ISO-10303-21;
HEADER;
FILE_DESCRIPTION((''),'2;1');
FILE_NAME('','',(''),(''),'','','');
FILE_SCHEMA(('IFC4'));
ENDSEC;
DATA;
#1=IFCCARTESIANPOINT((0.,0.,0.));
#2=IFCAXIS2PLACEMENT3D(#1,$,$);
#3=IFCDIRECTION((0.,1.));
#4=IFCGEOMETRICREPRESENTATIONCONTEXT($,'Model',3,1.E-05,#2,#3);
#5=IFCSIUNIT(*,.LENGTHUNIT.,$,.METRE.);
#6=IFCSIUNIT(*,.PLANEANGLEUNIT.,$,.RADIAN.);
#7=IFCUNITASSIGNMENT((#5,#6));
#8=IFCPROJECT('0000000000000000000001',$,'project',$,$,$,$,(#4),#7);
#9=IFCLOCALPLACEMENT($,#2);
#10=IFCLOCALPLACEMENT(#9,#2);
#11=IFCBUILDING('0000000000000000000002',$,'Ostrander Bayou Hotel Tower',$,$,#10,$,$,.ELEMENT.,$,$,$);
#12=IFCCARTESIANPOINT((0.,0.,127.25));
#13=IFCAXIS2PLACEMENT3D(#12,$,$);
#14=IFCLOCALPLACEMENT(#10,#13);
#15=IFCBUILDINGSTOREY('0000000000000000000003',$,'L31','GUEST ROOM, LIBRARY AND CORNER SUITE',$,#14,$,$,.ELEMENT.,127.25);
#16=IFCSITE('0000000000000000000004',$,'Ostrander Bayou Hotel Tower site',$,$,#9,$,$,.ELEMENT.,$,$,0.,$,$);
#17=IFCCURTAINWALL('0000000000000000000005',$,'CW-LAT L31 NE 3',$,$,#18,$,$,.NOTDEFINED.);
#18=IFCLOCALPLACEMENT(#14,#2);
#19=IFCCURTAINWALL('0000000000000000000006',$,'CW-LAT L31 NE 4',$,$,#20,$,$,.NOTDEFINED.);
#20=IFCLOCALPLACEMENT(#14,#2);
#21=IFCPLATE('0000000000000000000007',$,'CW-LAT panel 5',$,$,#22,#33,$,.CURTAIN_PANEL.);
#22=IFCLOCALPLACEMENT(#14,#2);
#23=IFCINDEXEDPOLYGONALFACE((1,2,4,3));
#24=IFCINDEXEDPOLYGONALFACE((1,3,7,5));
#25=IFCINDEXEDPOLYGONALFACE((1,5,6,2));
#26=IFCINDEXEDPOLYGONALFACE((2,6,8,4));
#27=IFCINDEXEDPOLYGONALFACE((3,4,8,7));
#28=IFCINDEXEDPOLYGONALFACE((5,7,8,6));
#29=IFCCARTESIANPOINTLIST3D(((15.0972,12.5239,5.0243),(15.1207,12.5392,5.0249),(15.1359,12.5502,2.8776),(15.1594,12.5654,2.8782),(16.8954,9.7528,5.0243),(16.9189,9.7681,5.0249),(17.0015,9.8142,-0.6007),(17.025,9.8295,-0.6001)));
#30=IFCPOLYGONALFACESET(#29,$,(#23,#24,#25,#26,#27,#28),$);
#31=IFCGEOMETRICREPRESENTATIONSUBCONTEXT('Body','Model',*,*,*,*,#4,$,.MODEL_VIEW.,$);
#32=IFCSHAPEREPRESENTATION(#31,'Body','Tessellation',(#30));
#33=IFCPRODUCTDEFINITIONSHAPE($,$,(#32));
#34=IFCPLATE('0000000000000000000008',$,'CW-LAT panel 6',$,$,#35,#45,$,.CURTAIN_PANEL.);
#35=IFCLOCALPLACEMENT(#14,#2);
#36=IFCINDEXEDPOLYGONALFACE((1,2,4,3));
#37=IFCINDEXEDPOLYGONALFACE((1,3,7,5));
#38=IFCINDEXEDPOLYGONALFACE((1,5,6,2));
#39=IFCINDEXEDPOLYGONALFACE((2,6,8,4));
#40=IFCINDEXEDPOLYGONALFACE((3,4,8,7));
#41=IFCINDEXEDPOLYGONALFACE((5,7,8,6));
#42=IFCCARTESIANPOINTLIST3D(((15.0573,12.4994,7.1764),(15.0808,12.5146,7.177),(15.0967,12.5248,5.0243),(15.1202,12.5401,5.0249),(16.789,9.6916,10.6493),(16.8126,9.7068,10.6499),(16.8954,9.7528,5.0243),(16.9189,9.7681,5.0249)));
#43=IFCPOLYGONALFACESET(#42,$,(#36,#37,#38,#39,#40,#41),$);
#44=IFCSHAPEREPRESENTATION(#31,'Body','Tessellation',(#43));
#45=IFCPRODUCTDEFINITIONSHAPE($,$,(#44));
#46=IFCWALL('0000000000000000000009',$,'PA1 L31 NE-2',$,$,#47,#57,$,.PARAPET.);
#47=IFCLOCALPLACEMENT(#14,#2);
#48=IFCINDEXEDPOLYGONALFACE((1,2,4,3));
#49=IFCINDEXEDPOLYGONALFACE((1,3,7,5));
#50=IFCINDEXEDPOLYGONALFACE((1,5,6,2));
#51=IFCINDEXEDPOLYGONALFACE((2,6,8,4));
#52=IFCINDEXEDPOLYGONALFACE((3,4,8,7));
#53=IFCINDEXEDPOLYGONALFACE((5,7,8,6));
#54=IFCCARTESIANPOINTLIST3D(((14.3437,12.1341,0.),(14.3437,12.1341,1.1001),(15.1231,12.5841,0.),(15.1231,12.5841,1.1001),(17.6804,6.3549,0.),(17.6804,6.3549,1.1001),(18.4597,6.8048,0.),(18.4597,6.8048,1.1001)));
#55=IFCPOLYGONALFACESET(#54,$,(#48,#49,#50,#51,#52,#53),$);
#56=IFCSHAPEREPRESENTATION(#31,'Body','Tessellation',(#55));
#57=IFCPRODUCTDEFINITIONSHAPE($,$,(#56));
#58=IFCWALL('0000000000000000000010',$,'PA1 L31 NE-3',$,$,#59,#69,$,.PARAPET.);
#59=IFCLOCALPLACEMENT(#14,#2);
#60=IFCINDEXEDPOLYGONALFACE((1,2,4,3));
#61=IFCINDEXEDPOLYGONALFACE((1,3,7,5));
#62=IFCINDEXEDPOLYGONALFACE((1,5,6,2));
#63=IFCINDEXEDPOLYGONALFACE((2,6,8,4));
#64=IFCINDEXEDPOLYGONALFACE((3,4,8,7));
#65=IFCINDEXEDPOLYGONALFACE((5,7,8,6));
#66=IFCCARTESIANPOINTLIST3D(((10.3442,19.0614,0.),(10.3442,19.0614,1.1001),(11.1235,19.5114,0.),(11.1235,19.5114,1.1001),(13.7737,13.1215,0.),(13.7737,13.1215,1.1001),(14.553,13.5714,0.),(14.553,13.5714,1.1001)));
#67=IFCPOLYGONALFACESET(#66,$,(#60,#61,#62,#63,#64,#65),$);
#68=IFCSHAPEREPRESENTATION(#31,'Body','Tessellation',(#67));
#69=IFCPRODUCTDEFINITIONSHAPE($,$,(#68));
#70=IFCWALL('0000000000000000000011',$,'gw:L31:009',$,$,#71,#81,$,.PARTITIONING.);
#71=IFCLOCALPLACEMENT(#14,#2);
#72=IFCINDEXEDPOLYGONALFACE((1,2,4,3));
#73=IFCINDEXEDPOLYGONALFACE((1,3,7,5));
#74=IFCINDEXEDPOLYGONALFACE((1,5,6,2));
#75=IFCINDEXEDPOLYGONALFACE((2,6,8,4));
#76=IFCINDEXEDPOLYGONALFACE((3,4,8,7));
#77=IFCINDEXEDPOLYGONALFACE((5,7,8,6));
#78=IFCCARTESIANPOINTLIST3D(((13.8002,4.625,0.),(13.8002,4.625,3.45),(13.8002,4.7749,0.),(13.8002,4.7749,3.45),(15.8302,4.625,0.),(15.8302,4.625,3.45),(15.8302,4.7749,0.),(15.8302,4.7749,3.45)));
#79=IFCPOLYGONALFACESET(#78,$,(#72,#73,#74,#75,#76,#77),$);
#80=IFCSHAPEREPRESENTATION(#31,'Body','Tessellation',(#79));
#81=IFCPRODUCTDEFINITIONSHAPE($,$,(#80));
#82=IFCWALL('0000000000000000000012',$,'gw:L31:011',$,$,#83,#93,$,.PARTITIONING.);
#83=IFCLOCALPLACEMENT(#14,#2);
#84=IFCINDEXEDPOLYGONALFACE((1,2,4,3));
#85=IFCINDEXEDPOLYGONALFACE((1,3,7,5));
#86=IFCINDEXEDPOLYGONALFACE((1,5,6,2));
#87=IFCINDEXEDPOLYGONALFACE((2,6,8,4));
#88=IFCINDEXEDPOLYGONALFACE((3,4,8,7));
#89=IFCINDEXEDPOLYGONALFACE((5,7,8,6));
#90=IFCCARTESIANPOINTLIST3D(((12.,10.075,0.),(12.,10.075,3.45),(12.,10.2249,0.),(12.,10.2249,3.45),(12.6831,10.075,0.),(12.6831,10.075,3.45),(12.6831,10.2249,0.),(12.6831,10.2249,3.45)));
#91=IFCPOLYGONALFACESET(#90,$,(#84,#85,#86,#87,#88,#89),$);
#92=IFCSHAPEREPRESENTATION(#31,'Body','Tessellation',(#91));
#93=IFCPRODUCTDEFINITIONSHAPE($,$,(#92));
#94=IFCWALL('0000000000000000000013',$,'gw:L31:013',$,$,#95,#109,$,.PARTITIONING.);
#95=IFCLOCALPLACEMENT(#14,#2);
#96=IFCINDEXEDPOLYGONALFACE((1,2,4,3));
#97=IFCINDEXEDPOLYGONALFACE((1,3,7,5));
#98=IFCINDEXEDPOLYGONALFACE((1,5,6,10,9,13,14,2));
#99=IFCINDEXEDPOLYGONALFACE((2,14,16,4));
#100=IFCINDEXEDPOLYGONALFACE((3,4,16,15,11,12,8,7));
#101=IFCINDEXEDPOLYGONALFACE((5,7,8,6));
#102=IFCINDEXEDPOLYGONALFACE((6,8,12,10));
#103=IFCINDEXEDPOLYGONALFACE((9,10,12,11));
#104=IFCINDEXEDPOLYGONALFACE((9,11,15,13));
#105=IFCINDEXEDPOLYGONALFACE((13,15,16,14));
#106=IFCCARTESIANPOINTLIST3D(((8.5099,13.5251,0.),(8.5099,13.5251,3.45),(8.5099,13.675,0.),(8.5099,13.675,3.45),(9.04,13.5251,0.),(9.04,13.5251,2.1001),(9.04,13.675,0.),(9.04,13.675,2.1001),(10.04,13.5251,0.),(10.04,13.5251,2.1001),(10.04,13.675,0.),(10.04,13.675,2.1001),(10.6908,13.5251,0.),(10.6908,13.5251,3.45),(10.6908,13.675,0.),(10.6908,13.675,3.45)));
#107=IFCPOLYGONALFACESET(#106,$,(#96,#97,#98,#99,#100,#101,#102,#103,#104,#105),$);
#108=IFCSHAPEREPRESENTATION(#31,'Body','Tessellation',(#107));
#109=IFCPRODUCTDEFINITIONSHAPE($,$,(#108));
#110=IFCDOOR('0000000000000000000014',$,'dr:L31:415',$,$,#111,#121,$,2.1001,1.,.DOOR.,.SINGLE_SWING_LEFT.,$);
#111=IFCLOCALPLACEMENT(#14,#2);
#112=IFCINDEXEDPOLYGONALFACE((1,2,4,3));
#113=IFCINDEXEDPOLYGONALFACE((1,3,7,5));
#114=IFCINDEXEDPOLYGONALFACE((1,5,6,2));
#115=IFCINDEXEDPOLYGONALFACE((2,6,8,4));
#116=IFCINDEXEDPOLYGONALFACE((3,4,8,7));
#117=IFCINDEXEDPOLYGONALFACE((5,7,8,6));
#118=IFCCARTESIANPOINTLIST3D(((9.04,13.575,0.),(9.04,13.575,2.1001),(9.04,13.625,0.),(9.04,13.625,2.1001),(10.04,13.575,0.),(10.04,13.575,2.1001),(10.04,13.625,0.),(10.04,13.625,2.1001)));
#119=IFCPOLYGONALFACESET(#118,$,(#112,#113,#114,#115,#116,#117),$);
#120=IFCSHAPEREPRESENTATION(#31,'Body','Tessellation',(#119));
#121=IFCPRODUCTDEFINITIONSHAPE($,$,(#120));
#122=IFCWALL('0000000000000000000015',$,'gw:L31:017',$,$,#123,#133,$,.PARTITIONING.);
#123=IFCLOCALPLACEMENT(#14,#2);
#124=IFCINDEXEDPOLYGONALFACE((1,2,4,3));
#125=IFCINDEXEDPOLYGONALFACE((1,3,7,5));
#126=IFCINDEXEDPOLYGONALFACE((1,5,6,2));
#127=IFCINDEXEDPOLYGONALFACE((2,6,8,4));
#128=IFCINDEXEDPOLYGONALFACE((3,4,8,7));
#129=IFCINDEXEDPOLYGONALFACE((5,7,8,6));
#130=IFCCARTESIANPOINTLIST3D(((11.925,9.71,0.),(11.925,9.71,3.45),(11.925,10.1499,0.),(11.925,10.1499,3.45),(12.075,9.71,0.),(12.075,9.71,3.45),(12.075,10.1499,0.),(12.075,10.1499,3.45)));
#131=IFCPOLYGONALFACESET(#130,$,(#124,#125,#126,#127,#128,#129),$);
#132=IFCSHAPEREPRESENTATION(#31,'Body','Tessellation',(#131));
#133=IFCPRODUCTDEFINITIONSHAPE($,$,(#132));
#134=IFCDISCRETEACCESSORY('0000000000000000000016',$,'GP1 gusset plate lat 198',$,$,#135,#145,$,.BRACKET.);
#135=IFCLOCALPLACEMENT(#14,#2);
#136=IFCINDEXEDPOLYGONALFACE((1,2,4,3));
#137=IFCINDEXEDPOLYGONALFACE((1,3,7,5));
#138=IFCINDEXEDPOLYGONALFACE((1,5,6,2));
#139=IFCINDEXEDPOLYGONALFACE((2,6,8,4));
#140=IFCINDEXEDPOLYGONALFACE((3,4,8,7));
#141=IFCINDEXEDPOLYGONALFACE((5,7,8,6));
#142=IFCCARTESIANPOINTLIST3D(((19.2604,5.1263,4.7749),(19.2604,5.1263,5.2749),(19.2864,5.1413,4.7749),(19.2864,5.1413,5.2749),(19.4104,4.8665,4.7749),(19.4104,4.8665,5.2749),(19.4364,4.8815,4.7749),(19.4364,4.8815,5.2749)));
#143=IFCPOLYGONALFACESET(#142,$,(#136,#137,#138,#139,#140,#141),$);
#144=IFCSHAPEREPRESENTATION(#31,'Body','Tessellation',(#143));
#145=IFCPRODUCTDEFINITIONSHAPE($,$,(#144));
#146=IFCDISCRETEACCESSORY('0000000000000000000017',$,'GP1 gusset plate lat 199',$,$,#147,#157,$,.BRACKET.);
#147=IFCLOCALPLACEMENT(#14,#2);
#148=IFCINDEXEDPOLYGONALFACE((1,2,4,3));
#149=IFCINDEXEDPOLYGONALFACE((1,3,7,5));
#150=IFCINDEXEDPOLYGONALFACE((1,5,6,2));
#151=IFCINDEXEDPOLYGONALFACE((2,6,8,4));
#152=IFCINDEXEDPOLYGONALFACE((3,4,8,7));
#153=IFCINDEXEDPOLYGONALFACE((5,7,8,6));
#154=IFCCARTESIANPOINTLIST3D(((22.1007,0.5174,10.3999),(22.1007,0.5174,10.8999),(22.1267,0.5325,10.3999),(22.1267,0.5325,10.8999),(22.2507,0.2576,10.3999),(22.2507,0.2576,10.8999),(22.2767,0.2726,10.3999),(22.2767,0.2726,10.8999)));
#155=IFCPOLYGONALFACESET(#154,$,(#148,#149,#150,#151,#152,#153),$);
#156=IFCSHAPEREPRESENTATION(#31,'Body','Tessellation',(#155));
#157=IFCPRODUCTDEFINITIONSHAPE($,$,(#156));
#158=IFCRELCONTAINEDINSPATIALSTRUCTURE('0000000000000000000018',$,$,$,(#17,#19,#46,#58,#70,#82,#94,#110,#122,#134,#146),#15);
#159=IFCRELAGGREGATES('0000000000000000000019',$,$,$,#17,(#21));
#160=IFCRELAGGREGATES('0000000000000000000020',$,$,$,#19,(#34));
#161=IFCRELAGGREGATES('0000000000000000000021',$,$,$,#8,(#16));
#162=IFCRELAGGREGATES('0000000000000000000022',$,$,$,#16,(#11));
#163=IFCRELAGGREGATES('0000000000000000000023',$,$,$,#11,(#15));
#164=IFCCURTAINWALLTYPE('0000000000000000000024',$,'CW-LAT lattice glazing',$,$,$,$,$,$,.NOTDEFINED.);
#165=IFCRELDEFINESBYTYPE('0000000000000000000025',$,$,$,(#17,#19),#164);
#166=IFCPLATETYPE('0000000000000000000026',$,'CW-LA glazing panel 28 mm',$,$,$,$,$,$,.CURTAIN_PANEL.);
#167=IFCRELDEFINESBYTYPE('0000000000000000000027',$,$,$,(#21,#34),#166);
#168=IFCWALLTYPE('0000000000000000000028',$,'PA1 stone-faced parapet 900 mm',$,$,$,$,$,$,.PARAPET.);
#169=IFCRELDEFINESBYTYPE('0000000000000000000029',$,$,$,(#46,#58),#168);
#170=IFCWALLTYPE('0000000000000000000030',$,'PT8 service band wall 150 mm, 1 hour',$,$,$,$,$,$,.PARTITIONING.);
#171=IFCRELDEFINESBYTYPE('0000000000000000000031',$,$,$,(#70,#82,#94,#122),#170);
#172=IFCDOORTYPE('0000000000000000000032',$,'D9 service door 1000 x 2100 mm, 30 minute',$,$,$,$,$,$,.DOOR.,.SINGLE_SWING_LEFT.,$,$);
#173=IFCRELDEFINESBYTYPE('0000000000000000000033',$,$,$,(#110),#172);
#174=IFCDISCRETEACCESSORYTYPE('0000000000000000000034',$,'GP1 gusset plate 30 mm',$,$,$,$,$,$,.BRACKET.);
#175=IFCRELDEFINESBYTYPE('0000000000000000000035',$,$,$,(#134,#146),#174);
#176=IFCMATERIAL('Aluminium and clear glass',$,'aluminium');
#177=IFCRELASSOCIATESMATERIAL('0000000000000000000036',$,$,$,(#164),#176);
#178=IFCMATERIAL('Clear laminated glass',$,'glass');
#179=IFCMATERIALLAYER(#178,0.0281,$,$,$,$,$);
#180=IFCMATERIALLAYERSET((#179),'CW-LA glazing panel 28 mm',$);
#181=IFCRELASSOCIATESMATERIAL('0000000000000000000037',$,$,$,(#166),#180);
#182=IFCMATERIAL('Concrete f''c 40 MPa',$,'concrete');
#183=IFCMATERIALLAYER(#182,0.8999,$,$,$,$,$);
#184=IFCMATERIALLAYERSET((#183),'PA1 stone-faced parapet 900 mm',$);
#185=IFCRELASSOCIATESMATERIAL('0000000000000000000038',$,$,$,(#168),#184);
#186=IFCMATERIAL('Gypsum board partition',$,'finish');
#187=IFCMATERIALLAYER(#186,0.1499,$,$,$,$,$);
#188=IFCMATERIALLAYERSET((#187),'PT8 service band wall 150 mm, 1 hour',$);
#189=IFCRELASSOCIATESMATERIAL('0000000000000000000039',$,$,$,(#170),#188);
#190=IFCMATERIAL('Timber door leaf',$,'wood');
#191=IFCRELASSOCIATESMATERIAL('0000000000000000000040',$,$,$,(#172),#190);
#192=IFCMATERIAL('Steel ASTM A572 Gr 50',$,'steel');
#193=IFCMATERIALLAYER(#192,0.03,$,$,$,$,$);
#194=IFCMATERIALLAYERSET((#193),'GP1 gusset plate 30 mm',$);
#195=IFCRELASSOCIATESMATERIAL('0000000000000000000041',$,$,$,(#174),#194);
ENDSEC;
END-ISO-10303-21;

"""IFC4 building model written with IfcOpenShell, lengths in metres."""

from ifc_helpers import new_model, si_unit, direction, frame, frame_2d, origin, origin_2d, place, context, subcontext, project, spatial, polyline, rectangle, outline, extrude, material, layer, layer_set, type_object, element, fill, aggregate, save


model = new_model("IFC4")

# Units and contexts
model_context = context("Model", 3, precision=1e-05, world=origin(), true_north=direction((0.0, 1.0)))
body_context = subcontext(model_context, "Body", "Model", "MODEL_VIEW")
ifc_project = project(units=[si_unit("LENGTHUNIT", "METRE"), si_unit("PLANEANGLEUNIT", "RADIAN")], contexts=[model_context])

# Site, building, storey
site_placement = place(None, origin())
site = spatial("IfcSite", under=ifc_project, at=site_placement, Name="Ostrander Bayou Hotel Tower site", CompositionType="ELEMENT", RefElevation=0.0)
building_placement = place(site_placement, origin())
building = spatial("IfcBuilding", under=site, at=building_placement, Name="Ostrander Bayou Hotel Tower", CompositionType="ELEMENT")
storey_placement = place(building_placement, frame((0.0, 0.0, 127.25)))
storey = spatial("IfcBuildingStorey", under=building, at=storey_placement, Name="L31", Description="GUEST ROOM, LIBRARY AND CORNER SUITE", CompositionType="ELEMENT", Elevation=127.25)

# Shared definitions
ifc_material_1 = material(Name="Aluminium and clear glass", Category="aluminium")
curtain_wall_type = type_object("IfcCurtainWallType", Name="CW-LAT lattice glazing", PredefinedType="NOTDEFINED", material=ifc_material_1)

# Curtain walls
curtain_wall_1_placement = place(storey_placement, origin())
curtain_wall_1 = element("IfcCurtainWall", 1, at=curtain_wall_1_placement, inside=storey, type_object=curtain_wall_type, Name="CW-LAT L31 NE 3", PredefinedType="NOTDEFINED")
ifc_material_2 = material(Name="Clear laminated glass", Category="glass")
ifc_layer_1 = layer(ifc_material_2, 0.0281)
ifc_layer_set_1 = layer_set([ifc_layer_1], Name="CW-LA glazing panel 28 mm")
plate_type = type_object("IfcPlateType", Name="CW-LA glazing panel 28 mm", PredefinedType="CURTAIN_PANEL", material=ifc_layer_set_1)
curtain_wall_2_placement = place(storey_placement, origin())
curtain_wall_2 = element("IfcCurtainWall", 2, at=curtain_wall_2_placement, inside=storey, type_object=curtain_wall_type, Name="CW-LAT L31 NE 4", PredefinedType="NOTDEFINED")

# Plates
plate_1_placement = place(storey_placement, frame((15.1594, 12.5654, 2.8782), z_axis=(0.838665, 0.544213, 0.02176), x_axis=(0.388463, -0.569685, -0.724262)))
plate_1 = element("IfcPlate", 3, at=plate_1_placement, type_object=plate_type, Name="CW-LAT panel 5", PredefinedType="CURTAIN_PANEL", context=body_context, shape_type="SweptSolid", body=[
    extrude(outline(polyline([(0.0, 0.0), (4.8025, 0.0), (0.7223, -3.874), (-1.5549, -1.4808), (0.0, 0.0)])), origin(), (0.0, 0.0, -1.0), 0.0281),
])
aggregate(curtain_wall_1, [plate_1])
plate_2_placement = place(storey_placement, frame((15.0808, 12.5146, 7.177), z_axis=(0.838668, 0.544206, 0.021782), x_axis=(0.36154, -0.586184, 0.725035)))
plate_2 = element("IfcPlate", 4, at=plate_2_placement, type_object=plate_type, Name="CW-LAT panel 6", PredefinedType="CURTAIN_PANEL", context=body_context, shape_type="SweptSolid", body=[
    extrude(outline(polyline([(0.0, 0.0), (4.79, 0.0), (0.7142, 3.8786), (-1.561, 1.4822), (0.0, 0.0)])), origin(), (0.0, 0.0, -1.0), 0.0281),
])
aggregate(curtain_wall_2, [plate_2])

# Walls
ifc_material_3 = material(Name="Concrete f'c 40 MPa", Category="concrete")
ifc_layer_2 = layer(ifc_material_3, 0.8999)
ifc_layer_set_2 = layer_set([ifc_layer_2], Name="PA1 stone-faced parapet 900 mm")
wall_type_1 = type_object("IfcWallType", Name="PA1 stone-faced parapet 900 mm", PredefinedType="PARAPET", material=ifc_layer_set_2)
wall_1_placement = place(storey_placement, frame((18.0701, 6.5798, 0.0), z_axis=(0.0, 0.0, 1.0), x_axis=(-0.499999, 0.866026, 0.0)))
element("IfcWall", 5, at=wall_1_placement, inside=storey, type_object=wall_type_1, Name="PA1 L31 NE-2", PredefinedType="PARAPET", context=body_context, shape_type="SweptSolid", body=[
    extrude(rectangle(XDim=6.6733, YDim=0.8999, at=frame_2d((3.3367, 0.0))), origin(), (0.0, 0.0, 1.0), 1.1001),
])
wall_2_placement = place(storey_placement, frame((14.1633, 13.3464, 0.0), z_axis=(0.0, 0.0, 1.0), x_axis=(-0.500002, 0.866024, 0.0)))
element("IfcWall", 6, at=wall_2_placement, inside=storey, type_object=wall_type_1, Name="PA1 L31 NE-3", PredefinedType="PARAPET", context=body_context, shape_type="SweptSolid", body=[
    extrude(rectangle(XDim=6.8589, YDim=0.8999, at=frame_2d((3.4294, 0.0))), origin(), (0.0, 0.0, 1.0), 1.1001),
])

# Walls
ifc_material_4 = material(Name="Gypsum board partition", Category="finish")
ifc_layer_3 = layer(ifc_material_4, 0.1499)
ifc_layer_set_3 = layer_set([ifc_layer_3], Name="PT8 service band wall 150 mm, 1 hour")
wall_type_2 = type_object("IfcWallType", Name="PT8 service band wall 150 mm, 1 hour", PredefinedType="PARTITIONING", material=ifc_layer_set_3)
wall_3_placement = place(storey_placement, frame((13.8, 4.7, 0.0), z_axis=(0.0, 0.0, 1.0), x_axis=(1.0, 0.0, 0.0)))
element("IfcWall", 7, at=wall_3_placement, inside=storey, type_object=wall_type_2, Name="gw:L31:009", PredefinedType="PARTITIONING", context=body_context, shape_type="SweptSolid", body=[
    extrude(rectangle(XDim=2.03, YDim=0.1499, at=frame_2d((1.0151, 0.0))), origin(), (0.0, 0.0, 1.0), 3.45),
])
wall_4_placement = place(storey_placement, frame((12.0, 10.1499, 0.0), z_axis=(0.0, 0.0, 1.0), x_axis=(1.0, 0.0, 0.0)))
element("IfcWall", 8, at=wall_4_placement, inside=storey, type_object=wall_type_2, Name="gw:L31:011", PredefinedType="PARTITIONING", context=body_context, shape_type="SweptSolid", body=[
    extrude(rectangle(XDim=0.6831, YDim=0.1499, at=frame_2d((0.3416, 0.0))), origin(), (0.0, 0.0, 1.0), 3.45),
])

# Wall, opening, door
wall_5_placement = place(storey_placement, frame((8.51, 13.6001, 0.0), z_axis=(0.0, 0.0, 1.0), x_axis=(1.0, 0.0, 0.0)))
wall_5 = element("IfcWall", 9, at=wall_5_placement, inside=storey, type_object=wall_type_2, Name="gw:L31:013", PredefinedType="PARTITIONING", context=body_context, shape_type="SweptSolid", body=[
    extrude(rectangle(XDim=2.1809, YDim=0.1499, at=frame_2d((1.0903, 0.0))), origin(), (0.0, 0.0, 1.0), 3.45),
])
opening_1_placement = place(wall_5_placement, frame((0.53, 0.0, 0.0)))
opening_1 = element("IfcOpeningElement", 10, at=opening_1_placement, cuts=wall_5, PredefinedType="OPENING", context=body_context, shape_type="SweptSolid", body=[
    extrude(rectangle(XDim=1.0, YDim=2.1001, at=frame_2d((0.5, 1.05))), frame((0.0, 0.075, 0.0), z_axis=(0.0, -1.0, 0.0), x_axis=(1.0, 0.0, 0.0)), (0.0, 0.0, 1.0), 0.1499),
])
ifc_material_5 = material(Name="Timber door leaf", Category="wood")
door_type_1 = type_object("IfcDoorType", Name="D9 service door 1000 x 2100 mm, 30 minute", OperationType="SINGLE_SWING_LEFT", PredefinedType="DOOR", material=ifc_material_5)
door_1_placement = place(opening_1_placement, origin())
door_1 = element("IfcDoor", 11, at=door_1_placement, inside=storey, type_object=door_type_1, Name="dr:L31:415", OperationType="SINGLE_SWING_LEFT", OverallHeight=2.1001, OverallWidth=1.0, PredefinedType="DOOR", context=body_context, shape_type="SweptSolid", body=[
    extrude(rectangle(XDim=1.0, YDim=2.1001, at=frame_2d((0.5, 1.05))), frame((0.0, 0.0249, 0.0), z_axis=(0.0, -1.0, 0.0), x_axis=(1.0, 0.0, 0.0)), (0.0, 0.0, 1.0), 0.05),
])
fill(opening_1, door_1)

# Wall
wall_6_placement = place(storey_placement, frame((12.0, 9.71, 0.0), z_axis=(0.0, 0.0, 1.0), x_axis=(0.0, 1.0, 0.0)))
element("IfcWall", 12, at=wall_6_placement, inside=storey, type_object=wall_type_2, Name="gw:L31:017", PredefinedType="PARTITIONING", context=body_context, shape_type="SweptSolid", body=[
    extrude(rectangle(XDim=0.4399, YDim=0.1499, at=frame_2d((0.22, 0.0))), origin(), (0.0, 0.0, 1.0), 3.45),
])

# Discrete accessories
ifc_material_6 = material(Name="Steel ASTM A572 Gr 50", Category="steel")
ifc_layer_4 = layer(ifc_material_6, 0.03)
ifc_layer_set_4 = layer_set([ifc_layer_4], Name="GP1 gusset plate 30 mm")
discrete_accessory_type = type_object("IfcDiscreteAccessoryType", Name="GP1 gusset plate 30 mm", PredefinedType="BRACKET", material=ifc_layer_set_4)
for number, where, z_axis, x_axis, name in (
    (13, (19.3484, 5.0039, 4.7749), (0.0, 0.0, 1.0), (-0.5, 0.866025, 0.0), "GP1 gusset plate lat 198"),
    (14, (22.1887, 0.395, 10.3999), (0.0, 0.0, 1.0), (-0.5, 0.866025, 0.0), "GP1 gusset plate lat 199"),
):
    element("IfcDiscreteAccessory", number, at=place(storey_placement, frame(where, z_axis=z_axis, x_axis=x_axis)), inside=storey, type_object=discrete_accessory_type, Name=name, PredefinedType="BRACKET", context=body_context, shape_type="SweptSolid", body=[
        extrude(rectangle(XDim=0.3, YDim=0.03, at=origin_2d()), origin(), (0.0, 0.0, 1.0), 0.5),
    ])

save(model, "model.ifc")
